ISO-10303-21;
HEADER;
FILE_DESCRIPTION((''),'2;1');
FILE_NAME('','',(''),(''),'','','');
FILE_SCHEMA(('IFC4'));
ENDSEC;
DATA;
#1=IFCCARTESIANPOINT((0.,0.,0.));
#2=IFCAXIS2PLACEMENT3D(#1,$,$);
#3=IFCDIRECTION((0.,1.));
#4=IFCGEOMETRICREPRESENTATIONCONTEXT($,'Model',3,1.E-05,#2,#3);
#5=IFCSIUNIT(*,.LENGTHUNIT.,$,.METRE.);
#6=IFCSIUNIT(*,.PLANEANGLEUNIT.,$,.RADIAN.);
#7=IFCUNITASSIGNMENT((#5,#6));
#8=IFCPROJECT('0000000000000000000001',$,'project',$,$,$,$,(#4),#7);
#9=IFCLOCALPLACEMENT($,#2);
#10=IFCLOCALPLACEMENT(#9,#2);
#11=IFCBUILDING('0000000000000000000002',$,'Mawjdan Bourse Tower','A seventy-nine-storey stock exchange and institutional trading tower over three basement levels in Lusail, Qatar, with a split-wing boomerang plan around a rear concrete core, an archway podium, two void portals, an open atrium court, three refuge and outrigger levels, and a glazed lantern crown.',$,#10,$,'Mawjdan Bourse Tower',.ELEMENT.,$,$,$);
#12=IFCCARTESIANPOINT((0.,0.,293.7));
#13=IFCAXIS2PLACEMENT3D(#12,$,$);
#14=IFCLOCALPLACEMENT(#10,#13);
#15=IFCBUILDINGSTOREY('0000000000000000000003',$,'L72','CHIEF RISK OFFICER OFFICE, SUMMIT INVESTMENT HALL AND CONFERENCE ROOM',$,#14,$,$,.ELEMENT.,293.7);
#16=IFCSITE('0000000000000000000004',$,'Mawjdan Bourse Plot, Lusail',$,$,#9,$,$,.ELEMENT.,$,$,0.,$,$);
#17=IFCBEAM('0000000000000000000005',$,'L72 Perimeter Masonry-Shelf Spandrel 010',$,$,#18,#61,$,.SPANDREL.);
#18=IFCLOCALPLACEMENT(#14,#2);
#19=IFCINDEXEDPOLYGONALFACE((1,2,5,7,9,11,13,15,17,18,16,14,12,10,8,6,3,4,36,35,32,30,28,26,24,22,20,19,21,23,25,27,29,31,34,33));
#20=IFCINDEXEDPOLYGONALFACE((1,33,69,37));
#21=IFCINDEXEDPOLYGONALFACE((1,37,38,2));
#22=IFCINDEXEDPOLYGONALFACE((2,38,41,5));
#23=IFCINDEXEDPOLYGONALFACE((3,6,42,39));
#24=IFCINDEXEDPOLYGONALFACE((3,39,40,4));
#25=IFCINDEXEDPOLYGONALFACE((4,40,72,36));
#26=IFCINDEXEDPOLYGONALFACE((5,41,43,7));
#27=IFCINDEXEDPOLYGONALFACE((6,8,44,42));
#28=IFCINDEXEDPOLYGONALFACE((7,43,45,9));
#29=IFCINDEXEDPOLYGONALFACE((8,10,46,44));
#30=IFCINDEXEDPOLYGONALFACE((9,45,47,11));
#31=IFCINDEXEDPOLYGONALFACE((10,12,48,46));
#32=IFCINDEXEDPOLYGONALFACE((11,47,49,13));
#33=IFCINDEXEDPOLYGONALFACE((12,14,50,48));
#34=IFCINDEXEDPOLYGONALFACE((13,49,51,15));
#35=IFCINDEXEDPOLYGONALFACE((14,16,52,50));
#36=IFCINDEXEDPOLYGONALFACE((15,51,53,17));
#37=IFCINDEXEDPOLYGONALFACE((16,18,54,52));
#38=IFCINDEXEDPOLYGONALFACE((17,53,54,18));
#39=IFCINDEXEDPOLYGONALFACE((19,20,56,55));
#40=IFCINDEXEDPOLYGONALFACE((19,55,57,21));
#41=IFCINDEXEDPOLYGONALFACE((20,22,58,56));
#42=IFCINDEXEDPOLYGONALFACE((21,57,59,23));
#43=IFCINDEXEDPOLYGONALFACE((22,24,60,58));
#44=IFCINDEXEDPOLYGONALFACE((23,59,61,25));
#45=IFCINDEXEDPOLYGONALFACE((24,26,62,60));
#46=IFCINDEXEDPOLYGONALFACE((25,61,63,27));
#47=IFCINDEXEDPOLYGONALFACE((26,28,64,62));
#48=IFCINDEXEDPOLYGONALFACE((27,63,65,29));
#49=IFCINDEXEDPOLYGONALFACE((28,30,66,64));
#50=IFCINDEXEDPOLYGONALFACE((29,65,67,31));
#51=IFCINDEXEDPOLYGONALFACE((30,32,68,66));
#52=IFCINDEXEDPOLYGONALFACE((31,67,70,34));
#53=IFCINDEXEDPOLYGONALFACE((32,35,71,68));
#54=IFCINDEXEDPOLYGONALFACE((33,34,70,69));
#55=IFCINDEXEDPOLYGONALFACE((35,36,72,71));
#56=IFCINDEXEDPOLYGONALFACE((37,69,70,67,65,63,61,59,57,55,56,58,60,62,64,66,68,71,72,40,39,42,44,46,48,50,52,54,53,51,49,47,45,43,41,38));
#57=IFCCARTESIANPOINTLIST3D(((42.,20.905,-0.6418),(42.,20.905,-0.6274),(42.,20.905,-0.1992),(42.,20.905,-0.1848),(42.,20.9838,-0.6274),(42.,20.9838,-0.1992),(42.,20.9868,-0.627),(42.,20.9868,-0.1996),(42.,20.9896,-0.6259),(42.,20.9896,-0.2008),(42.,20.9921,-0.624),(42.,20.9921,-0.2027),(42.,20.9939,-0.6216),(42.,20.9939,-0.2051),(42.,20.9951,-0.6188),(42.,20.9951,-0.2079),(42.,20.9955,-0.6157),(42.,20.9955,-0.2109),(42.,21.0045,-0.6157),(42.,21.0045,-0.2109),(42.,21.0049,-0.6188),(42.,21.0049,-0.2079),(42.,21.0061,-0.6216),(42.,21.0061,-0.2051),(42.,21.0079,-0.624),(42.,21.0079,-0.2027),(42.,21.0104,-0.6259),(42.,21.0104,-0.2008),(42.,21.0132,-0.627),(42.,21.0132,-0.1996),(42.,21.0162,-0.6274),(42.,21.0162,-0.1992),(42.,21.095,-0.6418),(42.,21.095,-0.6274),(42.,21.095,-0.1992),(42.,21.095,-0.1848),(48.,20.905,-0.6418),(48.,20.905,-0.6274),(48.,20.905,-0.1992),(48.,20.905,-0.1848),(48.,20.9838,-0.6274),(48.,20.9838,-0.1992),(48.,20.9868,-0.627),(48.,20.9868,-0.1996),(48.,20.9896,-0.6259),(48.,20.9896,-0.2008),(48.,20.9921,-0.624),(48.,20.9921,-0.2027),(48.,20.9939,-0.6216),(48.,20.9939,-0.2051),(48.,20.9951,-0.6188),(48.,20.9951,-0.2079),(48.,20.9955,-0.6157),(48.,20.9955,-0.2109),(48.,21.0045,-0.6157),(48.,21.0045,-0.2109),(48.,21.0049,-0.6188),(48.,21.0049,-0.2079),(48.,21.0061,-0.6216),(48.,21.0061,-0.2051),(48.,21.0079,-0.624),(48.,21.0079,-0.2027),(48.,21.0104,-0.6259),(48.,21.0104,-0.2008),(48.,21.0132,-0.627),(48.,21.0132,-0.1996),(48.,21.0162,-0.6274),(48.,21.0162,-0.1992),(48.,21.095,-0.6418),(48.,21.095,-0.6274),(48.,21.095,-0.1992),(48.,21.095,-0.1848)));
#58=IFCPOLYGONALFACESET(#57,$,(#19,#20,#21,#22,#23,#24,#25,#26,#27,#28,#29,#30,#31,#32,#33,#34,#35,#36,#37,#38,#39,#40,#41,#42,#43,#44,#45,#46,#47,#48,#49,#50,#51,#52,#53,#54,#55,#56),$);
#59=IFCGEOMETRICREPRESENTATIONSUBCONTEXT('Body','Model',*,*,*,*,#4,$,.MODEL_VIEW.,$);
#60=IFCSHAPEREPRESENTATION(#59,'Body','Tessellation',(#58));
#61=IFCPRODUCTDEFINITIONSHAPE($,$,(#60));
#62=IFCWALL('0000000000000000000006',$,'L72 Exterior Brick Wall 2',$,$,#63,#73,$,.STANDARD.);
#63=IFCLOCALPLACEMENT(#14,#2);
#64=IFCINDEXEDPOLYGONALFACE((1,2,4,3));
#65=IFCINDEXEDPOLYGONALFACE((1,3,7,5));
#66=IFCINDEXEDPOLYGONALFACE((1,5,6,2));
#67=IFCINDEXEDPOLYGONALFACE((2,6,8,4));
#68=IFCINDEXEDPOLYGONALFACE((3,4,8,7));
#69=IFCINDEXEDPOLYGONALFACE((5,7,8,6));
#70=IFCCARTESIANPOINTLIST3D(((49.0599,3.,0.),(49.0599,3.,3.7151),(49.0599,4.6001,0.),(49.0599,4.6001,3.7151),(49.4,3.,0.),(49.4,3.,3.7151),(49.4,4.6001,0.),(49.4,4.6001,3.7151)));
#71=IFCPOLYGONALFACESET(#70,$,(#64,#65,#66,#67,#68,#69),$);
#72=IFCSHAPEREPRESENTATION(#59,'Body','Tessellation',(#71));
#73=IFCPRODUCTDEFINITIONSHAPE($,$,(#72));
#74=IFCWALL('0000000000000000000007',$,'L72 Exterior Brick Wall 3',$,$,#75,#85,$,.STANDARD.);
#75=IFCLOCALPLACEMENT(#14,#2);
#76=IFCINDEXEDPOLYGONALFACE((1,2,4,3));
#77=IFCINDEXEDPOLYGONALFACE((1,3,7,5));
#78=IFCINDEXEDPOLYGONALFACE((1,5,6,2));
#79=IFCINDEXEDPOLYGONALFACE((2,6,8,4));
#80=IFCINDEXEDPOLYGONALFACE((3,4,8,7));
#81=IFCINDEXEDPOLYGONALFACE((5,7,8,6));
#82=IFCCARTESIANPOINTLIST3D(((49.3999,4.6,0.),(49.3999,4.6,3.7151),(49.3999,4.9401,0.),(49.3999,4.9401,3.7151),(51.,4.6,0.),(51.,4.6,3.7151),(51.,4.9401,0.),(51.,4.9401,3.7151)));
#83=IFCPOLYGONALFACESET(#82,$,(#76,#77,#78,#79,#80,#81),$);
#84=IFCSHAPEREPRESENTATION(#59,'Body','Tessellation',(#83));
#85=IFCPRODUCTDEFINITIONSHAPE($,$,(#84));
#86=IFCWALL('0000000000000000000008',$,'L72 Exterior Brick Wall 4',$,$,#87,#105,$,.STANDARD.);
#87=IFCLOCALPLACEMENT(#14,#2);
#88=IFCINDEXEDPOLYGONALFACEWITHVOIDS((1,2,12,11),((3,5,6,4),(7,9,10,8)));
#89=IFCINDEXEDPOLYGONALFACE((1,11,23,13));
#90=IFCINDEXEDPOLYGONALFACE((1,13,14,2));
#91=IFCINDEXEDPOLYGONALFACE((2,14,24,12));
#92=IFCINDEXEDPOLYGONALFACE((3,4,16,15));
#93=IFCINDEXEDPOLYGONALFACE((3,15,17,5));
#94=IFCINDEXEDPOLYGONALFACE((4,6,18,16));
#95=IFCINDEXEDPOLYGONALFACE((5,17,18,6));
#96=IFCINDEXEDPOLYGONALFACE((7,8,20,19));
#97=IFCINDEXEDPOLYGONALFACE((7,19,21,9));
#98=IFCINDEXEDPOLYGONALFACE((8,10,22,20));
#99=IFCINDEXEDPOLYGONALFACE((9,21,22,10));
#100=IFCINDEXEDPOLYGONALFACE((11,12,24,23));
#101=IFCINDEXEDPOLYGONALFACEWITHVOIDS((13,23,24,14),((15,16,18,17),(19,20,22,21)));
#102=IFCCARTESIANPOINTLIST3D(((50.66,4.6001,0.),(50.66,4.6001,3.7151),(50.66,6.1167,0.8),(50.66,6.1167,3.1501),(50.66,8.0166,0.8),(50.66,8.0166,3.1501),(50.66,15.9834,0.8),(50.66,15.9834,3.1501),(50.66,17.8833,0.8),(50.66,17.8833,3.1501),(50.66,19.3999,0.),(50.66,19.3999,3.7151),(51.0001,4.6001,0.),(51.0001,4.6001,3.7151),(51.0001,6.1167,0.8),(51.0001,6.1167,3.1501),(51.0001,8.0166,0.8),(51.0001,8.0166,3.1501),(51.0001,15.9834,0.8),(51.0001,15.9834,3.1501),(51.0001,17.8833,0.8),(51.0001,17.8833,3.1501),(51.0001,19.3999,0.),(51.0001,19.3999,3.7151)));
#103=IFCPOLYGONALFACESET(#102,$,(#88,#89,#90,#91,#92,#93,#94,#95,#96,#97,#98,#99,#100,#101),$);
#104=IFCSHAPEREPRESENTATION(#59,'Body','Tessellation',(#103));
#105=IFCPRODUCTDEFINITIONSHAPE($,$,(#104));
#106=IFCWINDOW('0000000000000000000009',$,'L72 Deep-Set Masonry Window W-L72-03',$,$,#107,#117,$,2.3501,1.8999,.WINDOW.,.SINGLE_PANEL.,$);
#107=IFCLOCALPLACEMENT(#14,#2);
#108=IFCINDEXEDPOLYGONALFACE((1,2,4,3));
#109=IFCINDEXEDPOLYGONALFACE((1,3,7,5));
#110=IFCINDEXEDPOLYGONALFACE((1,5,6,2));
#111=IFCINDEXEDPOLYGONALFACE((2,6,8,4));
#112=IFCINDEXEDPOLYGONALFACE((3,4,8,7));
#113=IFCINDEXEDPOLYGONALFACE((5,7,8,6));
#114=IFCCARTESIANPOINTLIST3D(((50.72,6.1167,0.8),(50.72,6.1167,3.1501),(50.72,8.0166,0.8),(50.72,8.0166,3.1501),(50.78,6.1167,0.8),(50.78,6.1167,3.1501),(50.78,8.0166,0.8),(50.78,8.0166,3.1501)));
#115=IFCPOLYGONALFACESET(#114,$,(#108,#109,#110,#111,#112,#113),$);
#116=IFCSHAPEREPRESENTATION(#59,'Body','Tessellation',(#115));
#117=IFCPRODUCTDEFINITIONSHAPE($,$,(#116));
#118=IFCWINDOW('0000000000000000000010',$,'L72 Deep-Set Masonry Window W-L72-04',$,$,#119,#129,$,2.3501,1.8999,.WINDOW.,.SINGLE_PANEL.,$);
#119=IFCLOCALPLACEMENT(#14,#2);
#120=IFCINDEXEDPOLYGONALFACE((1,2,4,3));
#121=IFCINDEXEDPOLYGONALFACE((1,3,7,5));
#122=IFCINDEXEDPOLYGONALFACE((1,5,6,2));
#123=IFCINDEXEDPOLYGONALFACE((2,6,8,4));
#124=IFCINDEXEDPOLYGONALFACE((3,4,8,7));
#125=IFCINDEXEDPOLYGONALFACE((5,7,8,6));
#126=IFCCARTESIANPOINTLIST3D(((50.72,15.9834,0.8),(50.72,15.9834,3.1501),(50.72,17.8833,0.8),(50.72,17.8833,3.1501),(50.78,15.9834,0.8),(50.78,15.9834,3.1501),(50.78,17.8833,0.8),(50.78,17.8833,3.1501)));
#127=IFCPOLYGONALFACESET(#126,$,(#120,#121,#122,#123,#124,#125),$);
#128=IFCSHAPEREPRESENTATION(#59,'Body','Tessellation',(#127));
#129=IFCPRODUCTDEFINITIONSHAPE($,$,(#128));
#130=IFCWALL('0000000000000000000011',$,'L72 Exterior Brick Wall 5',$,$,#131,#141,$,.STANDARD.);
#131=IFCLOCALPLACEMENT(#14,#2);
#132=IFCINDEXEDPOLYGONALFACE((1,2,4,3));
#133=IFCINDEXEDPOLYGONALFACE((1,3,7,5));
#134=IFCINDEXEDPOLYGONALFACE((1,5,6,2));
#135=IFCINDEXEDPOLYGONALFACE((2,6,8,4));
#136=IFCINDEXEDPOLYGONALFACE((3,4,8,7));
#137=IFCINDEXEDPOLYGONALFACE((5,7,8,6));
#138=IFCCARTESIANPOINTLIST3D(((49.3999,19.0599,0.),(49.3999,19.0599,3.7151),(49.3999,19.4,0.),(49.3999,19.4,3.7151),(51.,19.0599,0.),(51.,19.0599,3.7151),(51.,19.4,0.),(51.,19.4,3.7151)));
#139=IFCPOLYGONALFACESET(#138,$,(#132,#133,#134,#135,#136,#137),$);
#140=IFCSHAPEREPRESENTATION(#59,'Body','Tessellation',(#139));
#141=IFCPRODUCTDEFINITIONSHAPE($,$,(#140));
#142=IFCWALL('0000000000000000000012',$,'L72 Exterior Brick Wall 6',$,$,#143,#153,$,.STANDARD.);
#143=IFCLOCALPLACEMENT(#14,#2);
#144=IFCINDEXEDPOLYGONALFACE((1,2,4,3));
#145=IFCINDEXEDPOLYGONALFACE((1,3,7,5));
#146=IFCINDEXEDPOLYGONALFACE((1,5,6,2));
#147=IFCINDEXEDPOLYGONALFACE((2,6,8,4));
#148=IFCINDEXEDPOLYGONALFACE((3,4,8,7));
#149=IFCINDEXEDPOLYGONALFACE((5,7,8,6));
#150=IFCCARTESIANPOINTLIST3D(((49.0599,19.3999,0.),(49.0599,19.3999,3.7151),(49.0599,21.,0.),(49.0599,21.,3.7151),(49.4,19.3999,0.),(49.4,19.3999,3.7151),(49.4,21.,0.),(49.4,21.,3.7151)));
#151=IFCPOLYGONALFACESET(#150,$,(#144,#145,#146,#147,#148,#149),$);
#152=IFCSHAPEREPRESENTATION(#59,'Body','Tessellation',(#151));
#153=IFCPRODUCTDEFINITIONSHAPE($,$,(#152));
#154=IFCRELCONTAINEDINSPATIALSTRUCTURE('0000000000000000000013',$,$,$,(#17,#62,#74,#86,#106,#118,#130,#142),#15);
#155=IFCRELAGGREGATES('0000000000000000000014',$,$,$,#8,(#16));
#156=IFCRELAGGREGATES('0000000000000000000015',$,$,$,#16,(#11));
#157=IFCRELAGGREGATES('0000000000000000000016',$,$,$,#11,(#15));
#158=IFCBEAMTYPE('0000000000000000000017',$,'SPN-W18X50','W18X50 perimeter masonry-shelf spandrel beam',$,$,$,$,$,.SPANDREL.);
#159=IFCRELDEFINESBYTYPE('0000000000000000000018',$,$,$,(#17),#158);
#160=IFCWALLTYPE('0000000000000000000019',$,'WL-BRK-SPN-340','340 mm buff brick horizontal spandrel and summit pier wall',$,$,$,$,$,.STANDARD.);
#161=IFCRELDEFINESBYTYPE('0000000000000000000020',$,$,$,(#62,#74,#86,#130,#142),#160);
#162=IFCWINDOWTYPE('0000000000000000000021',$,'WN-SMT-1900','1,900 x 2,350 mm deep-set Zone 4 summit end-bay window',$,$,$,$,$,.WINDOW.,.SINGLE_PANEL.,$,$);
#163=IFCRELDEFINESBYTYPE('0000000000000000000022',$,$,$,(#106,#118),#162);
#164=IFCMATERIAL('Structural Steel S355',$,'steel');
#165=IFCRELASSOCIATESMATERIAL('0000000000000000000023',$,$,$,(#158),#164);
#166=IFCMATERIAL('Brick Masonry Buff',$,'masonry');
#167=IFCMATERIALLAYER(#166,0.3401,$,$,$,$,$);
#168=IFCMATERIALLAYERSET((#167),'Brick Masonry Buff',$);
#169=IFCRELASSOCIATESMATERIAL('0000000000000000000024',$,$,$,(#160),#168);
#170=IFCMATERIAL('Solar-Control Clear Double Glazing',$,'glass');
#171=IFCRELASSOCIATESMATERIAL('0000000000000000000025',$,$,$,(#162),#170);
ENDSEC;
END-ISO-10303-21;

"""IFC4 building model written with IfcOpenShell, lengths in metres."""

from ifc_helpers import new_model, si_unit, direction, frame, frame_2d, origin, origin_2d, place, context, subcontext, project, spatial, rectangle, i_section, extrude, material, layer, layer_set, material_profile, profile_set, type_object, element, fill, save


model = new_model("IFC4")

# Units and contexts
model_context = context("Model", 3, precision=1e-05, world=origin(), true_north=direction((0.0, 1.0)))
body_context = subcontext(model_context, "Body", "Model", "MODEL_VIEW")
ifc_project = project(units=[si_unit("LENGTHUNIT", "METRE"), si_unit("PLANEANGLEUNIT", "RADIAN")], contexts=[model_context])

# Site, building, storey
site_placement = place(None, origin())
site = spatial("IfcSite", under=ifc_project, at=site_placement, Name="Mawjdan Bourse Plot, Lusail", CompositionType="ELEMENT", RefElevation=0.0)
building_placement = place(site_placement, origin())
building = spatial("IfcBuilding", under=site, at=building_placement, Name="Mawjdan Bourse Tower", Description="A seventy-nine-storey stock exchange and institutional trading tower over three basement levels in Lusail, Qatar, with a split-wing boomerang plan around a rear concrete core, an archway podium, two void portals, an open atrium court, three refuge and outrigger levels, and a glazed lantern crown.", LongName="Mawjdan Bourse Tower", CompositionType="ELEMENT")
storey_placement = place(building_placement, frame((0.0, 0.0, 293.7)))
storey = spatial("IfcBuildingStorey", under=building, at=storey_placement, Name="L72", Description="CHIEF RISK OFFICER OFFICE, SUMMIT INVESTMENT HALL AND CONFERENCE ROOM", CompositionType="ELEMENT", Elevation=293.7)

# Beam
ifc_material_1 = material(Name="Structural Steel S355", Category="steel")
ifc_material_profile_1 = material_profile(ifc_material_1, i_section(OverallWidth=0.1899, OverallDepth=0.457, WebThickness=0.009, FlangeThickness=0.0144, FilletRadius=0.0117, at=origin_2d()), Name="W18X50")
ifc_profile_set_1 = profile_set([ifc_material_profile_1], Name="Structural Steel S355")
beam_type_1 = type_object("IfcBeamType", Name="SPN-W18X50", Description="W18X50 perimeter masonry-shelf spandrel beam", PredefinedType="SPANDREL", material=ifc_profile_set_1)
for number, where, z_axis, x_axis, name in (
    (1, (42.0, 21.0, -0.4133), (1.0, 0.0, 0.0), (0.0, 1.0, 0.0), "L72 Perimeter Masonry-Shelf Spandrel 010"),
):
    element("IfcBeam", number, at=place(storey_placement, frame(where, z_axis=z_axis, x_axis=x_axis)), inside=storey, type_object=beam_type_1, Name=name, PredefinedType="SPANDREL", context=body_context, shape_type="SweptSolid", body=[
        extrude(i_section(OverallWidth=0.1899, OverallDepth=0.457, WebThickness=0.009, FlangeThickness=0.0144, FilletRadius=0.0117, at=origin_2d()), origin(), (0.0, 0.0, 1.0), 6.0),
    ])

# Walls
ifc_material_2 = material(Name="Brick Masonry Buff", Category="masonry")
ifc_layer_1 = layer(ifc_material_2, 0.3401)
ifc_layer_set_1 = layer_set([ifc_layer_1], Name="Brick Masonry Buff")
wall_type_1 = type_object("IfcWallType", Name="WL-BRK-SPN-340", Description="340 mm buff brick horizontal spandrel and summit pier wall", PredefinedType="STANDARD", material=ifc_layer_set_1)
for number, where, z_axis, x_axis, name in (
    (2, (49.23, 3.0, 0.0), (0.0, 0.0, 1.0), (0.0, 1.0, 0.0), "L72 Exterior Brick Wall 2"),
    (3, (49.3999, 4.77, 0.0), (0.0, 0.0, 1.0), (1.0, 0.0, 0.0), "L72 Exterior Brick Wall 3"),
):
    element("IfcWall", number, at=place(storey_placement, frame(where, z_axis=z_axis, x_axis=x_axis)), inside=storey, type_object=wall_type_1, Name=name, PredefinedType="STANDARD", context=body_context, shape_type="SweptSolid", body=[
        extrude(rectangle(XDim=1.6001, YDim=0.3401, at=frame_2d((0.8, 0.0))), origin(), (0.0, 0.0, 1.0), 3.7151),
    ])

# Wall, openings, windows
wall_1_placement = place(storey_placement, frame((50.8301, 4.6001, 0.0), z_axis=(0.0, 0.0, 1.0), x_axis=(0.0, 1.0, 0.0)))
wall_1 = element("IfcWall", 4, at=wall_1_placement, inside=storey, type_object=wall_type_1, Name="L72 Exterior Brick Wall 4", PredefinedType="STANDARD", context=body_context, shape_type="SweptSolid", body=[
    extrude(rectangle(XDim=14.7998, YDim=0.3401, at=frame_2d((7.3999, 0.0))), origin(), (0.0, 0.0, 1.0), 3.7151),
])
opening_1_placement = place(wall_1_placement, frame((1.5166, 0.0, 0.8)))
opening_1 = element("IfcOpeningElement", 5, at=opening_1_placement, cuts=wall_1, PredefinedType="OPENING", context=body_context, shape_type="SweptSolid", body=[
    extrude(rectangle(XDim=1.8999, YDim=2.3501, at=frame_2d((0.95, 1.175))), frame((0.0, 0.1802, 0.0), z_axis=(0.0, -1.0, 0.0), x_axis=(1.0, 0.0, 0.0)), (0.0, 0.0, 1.0), 0.3601),
])
opening_2_placement = place(wall_1_placement, frame((11.3833, 0.0, 0.8)))
opening_2 = element("IfcOpeningElement", 6, at=opening_2_placement, cuts=wall_1, PredefinedType="OPENING", context=body_context, shape_type="SweptSolid", body=[
    extrude(rectangle(XDim=1.8999, YDim=2.3501, at=frame_2d((0.95, 1.175))), frame((0.0, 0.1802, 0.0), z_axis=(0.0, -1.0, 0.0), x_axis=(1.0, 0.0, 0.0)), (0.0, 0.0, 1.0), 0.3601),
])
ifc_material_3 = material(Name="Solar-Control Clear Double Glazing", Category="glass")
window_type_1 = type_object("IfcWindowType", Name="WN-SMT-1900", Description="1,900 x 2,350 mm deep-set Zone 4 summit end-bay window", PartitioningType="SINGLE_PANEL", PredefinedType="WINDOW", material=ifc_material_3)
window_1_placement = place(opening_1_placement, origin())
window_1 = element("IfcWindow", 7, at=window_1_placement, inside=storey, type_object=window_type_1, Name="L72 Deep-Set Masonry Window W-L72-03", OverallHeight=2.3501, OverallWidth=1.8999, PartitioningType="SINGLE_PANEL", PredefinedType="WINDOW", context=body_context, shape_type="SweptSolid", body=[
    extrude(rectangle(XDim=1.8999, YDim=2.3501, at=frame_2d((0.95, 1.175))), frame((0.0, 0.1101, 0.0), z_axis=(0.0, -1.0, 0.0), x_axis=(1.0, 0.0, 0.0)), (0.0, 0.0, 1.0), 0.0601),
])
fill(opening_1, window_1)
window_2_placement = place(opening_2_placement, origin())
window_2 = element("IfcWindow", 8, at=window_2_placement, inside=storey, type_object=window_type_1, Name="L72 Deep-Set Masonry Window W-L72-04", OverallHeight=2.3501, OverallWidth=1.8999, PartitioningType="SINGLE_PANEL", PredefinedType="WINDOW", context=body_context, shape_type="SweptSolid", body=[
    extrude(rectangle(XDim=1.8999, YDim=2.3501, at=frame_2d((0.95, 1.175))), frame((0.0, 0.1101, 0.0), z_axis=(0.0, -1.0, 0.0), x_axis=(1.0, 0.0, 0.0)), (0.0, 0.0, 1.0), 0.0601),
])
fill(opening_2, window_2)

# Walls
for number, where, z_axis, x_axis, name in (
    (9, (51.0, 19.23, 0.0), (0.0, 0.0, 1.0), (-1.0, 0.0, 0.0), "L72 Exterior Brick Wall 5"),
    (10, (49.23, 19.3999, 0.0), (0.0, 0.0, 1.0), (0.0, 1.0, 0.0), "L72 Exterior Brick Wall 6"),
):
    element("IfcWall", number, at=place(storey_placement, frame(where, z_axis=z_axis, x_axis=x_axis)), inside=storey, type_object=wall_type_1, Name=name, PredefinedType="STANDARD", context=body_context, shape_type="SweptSolid", body=[
        extrude(rectangle(XDim=1.6001, YDim=0.3401, at=frame_2d((0.8, 0.0))), origin(), (0.0, 0.0, 1.0), 3.7151),
    ])

save(model, "model.ifc")
